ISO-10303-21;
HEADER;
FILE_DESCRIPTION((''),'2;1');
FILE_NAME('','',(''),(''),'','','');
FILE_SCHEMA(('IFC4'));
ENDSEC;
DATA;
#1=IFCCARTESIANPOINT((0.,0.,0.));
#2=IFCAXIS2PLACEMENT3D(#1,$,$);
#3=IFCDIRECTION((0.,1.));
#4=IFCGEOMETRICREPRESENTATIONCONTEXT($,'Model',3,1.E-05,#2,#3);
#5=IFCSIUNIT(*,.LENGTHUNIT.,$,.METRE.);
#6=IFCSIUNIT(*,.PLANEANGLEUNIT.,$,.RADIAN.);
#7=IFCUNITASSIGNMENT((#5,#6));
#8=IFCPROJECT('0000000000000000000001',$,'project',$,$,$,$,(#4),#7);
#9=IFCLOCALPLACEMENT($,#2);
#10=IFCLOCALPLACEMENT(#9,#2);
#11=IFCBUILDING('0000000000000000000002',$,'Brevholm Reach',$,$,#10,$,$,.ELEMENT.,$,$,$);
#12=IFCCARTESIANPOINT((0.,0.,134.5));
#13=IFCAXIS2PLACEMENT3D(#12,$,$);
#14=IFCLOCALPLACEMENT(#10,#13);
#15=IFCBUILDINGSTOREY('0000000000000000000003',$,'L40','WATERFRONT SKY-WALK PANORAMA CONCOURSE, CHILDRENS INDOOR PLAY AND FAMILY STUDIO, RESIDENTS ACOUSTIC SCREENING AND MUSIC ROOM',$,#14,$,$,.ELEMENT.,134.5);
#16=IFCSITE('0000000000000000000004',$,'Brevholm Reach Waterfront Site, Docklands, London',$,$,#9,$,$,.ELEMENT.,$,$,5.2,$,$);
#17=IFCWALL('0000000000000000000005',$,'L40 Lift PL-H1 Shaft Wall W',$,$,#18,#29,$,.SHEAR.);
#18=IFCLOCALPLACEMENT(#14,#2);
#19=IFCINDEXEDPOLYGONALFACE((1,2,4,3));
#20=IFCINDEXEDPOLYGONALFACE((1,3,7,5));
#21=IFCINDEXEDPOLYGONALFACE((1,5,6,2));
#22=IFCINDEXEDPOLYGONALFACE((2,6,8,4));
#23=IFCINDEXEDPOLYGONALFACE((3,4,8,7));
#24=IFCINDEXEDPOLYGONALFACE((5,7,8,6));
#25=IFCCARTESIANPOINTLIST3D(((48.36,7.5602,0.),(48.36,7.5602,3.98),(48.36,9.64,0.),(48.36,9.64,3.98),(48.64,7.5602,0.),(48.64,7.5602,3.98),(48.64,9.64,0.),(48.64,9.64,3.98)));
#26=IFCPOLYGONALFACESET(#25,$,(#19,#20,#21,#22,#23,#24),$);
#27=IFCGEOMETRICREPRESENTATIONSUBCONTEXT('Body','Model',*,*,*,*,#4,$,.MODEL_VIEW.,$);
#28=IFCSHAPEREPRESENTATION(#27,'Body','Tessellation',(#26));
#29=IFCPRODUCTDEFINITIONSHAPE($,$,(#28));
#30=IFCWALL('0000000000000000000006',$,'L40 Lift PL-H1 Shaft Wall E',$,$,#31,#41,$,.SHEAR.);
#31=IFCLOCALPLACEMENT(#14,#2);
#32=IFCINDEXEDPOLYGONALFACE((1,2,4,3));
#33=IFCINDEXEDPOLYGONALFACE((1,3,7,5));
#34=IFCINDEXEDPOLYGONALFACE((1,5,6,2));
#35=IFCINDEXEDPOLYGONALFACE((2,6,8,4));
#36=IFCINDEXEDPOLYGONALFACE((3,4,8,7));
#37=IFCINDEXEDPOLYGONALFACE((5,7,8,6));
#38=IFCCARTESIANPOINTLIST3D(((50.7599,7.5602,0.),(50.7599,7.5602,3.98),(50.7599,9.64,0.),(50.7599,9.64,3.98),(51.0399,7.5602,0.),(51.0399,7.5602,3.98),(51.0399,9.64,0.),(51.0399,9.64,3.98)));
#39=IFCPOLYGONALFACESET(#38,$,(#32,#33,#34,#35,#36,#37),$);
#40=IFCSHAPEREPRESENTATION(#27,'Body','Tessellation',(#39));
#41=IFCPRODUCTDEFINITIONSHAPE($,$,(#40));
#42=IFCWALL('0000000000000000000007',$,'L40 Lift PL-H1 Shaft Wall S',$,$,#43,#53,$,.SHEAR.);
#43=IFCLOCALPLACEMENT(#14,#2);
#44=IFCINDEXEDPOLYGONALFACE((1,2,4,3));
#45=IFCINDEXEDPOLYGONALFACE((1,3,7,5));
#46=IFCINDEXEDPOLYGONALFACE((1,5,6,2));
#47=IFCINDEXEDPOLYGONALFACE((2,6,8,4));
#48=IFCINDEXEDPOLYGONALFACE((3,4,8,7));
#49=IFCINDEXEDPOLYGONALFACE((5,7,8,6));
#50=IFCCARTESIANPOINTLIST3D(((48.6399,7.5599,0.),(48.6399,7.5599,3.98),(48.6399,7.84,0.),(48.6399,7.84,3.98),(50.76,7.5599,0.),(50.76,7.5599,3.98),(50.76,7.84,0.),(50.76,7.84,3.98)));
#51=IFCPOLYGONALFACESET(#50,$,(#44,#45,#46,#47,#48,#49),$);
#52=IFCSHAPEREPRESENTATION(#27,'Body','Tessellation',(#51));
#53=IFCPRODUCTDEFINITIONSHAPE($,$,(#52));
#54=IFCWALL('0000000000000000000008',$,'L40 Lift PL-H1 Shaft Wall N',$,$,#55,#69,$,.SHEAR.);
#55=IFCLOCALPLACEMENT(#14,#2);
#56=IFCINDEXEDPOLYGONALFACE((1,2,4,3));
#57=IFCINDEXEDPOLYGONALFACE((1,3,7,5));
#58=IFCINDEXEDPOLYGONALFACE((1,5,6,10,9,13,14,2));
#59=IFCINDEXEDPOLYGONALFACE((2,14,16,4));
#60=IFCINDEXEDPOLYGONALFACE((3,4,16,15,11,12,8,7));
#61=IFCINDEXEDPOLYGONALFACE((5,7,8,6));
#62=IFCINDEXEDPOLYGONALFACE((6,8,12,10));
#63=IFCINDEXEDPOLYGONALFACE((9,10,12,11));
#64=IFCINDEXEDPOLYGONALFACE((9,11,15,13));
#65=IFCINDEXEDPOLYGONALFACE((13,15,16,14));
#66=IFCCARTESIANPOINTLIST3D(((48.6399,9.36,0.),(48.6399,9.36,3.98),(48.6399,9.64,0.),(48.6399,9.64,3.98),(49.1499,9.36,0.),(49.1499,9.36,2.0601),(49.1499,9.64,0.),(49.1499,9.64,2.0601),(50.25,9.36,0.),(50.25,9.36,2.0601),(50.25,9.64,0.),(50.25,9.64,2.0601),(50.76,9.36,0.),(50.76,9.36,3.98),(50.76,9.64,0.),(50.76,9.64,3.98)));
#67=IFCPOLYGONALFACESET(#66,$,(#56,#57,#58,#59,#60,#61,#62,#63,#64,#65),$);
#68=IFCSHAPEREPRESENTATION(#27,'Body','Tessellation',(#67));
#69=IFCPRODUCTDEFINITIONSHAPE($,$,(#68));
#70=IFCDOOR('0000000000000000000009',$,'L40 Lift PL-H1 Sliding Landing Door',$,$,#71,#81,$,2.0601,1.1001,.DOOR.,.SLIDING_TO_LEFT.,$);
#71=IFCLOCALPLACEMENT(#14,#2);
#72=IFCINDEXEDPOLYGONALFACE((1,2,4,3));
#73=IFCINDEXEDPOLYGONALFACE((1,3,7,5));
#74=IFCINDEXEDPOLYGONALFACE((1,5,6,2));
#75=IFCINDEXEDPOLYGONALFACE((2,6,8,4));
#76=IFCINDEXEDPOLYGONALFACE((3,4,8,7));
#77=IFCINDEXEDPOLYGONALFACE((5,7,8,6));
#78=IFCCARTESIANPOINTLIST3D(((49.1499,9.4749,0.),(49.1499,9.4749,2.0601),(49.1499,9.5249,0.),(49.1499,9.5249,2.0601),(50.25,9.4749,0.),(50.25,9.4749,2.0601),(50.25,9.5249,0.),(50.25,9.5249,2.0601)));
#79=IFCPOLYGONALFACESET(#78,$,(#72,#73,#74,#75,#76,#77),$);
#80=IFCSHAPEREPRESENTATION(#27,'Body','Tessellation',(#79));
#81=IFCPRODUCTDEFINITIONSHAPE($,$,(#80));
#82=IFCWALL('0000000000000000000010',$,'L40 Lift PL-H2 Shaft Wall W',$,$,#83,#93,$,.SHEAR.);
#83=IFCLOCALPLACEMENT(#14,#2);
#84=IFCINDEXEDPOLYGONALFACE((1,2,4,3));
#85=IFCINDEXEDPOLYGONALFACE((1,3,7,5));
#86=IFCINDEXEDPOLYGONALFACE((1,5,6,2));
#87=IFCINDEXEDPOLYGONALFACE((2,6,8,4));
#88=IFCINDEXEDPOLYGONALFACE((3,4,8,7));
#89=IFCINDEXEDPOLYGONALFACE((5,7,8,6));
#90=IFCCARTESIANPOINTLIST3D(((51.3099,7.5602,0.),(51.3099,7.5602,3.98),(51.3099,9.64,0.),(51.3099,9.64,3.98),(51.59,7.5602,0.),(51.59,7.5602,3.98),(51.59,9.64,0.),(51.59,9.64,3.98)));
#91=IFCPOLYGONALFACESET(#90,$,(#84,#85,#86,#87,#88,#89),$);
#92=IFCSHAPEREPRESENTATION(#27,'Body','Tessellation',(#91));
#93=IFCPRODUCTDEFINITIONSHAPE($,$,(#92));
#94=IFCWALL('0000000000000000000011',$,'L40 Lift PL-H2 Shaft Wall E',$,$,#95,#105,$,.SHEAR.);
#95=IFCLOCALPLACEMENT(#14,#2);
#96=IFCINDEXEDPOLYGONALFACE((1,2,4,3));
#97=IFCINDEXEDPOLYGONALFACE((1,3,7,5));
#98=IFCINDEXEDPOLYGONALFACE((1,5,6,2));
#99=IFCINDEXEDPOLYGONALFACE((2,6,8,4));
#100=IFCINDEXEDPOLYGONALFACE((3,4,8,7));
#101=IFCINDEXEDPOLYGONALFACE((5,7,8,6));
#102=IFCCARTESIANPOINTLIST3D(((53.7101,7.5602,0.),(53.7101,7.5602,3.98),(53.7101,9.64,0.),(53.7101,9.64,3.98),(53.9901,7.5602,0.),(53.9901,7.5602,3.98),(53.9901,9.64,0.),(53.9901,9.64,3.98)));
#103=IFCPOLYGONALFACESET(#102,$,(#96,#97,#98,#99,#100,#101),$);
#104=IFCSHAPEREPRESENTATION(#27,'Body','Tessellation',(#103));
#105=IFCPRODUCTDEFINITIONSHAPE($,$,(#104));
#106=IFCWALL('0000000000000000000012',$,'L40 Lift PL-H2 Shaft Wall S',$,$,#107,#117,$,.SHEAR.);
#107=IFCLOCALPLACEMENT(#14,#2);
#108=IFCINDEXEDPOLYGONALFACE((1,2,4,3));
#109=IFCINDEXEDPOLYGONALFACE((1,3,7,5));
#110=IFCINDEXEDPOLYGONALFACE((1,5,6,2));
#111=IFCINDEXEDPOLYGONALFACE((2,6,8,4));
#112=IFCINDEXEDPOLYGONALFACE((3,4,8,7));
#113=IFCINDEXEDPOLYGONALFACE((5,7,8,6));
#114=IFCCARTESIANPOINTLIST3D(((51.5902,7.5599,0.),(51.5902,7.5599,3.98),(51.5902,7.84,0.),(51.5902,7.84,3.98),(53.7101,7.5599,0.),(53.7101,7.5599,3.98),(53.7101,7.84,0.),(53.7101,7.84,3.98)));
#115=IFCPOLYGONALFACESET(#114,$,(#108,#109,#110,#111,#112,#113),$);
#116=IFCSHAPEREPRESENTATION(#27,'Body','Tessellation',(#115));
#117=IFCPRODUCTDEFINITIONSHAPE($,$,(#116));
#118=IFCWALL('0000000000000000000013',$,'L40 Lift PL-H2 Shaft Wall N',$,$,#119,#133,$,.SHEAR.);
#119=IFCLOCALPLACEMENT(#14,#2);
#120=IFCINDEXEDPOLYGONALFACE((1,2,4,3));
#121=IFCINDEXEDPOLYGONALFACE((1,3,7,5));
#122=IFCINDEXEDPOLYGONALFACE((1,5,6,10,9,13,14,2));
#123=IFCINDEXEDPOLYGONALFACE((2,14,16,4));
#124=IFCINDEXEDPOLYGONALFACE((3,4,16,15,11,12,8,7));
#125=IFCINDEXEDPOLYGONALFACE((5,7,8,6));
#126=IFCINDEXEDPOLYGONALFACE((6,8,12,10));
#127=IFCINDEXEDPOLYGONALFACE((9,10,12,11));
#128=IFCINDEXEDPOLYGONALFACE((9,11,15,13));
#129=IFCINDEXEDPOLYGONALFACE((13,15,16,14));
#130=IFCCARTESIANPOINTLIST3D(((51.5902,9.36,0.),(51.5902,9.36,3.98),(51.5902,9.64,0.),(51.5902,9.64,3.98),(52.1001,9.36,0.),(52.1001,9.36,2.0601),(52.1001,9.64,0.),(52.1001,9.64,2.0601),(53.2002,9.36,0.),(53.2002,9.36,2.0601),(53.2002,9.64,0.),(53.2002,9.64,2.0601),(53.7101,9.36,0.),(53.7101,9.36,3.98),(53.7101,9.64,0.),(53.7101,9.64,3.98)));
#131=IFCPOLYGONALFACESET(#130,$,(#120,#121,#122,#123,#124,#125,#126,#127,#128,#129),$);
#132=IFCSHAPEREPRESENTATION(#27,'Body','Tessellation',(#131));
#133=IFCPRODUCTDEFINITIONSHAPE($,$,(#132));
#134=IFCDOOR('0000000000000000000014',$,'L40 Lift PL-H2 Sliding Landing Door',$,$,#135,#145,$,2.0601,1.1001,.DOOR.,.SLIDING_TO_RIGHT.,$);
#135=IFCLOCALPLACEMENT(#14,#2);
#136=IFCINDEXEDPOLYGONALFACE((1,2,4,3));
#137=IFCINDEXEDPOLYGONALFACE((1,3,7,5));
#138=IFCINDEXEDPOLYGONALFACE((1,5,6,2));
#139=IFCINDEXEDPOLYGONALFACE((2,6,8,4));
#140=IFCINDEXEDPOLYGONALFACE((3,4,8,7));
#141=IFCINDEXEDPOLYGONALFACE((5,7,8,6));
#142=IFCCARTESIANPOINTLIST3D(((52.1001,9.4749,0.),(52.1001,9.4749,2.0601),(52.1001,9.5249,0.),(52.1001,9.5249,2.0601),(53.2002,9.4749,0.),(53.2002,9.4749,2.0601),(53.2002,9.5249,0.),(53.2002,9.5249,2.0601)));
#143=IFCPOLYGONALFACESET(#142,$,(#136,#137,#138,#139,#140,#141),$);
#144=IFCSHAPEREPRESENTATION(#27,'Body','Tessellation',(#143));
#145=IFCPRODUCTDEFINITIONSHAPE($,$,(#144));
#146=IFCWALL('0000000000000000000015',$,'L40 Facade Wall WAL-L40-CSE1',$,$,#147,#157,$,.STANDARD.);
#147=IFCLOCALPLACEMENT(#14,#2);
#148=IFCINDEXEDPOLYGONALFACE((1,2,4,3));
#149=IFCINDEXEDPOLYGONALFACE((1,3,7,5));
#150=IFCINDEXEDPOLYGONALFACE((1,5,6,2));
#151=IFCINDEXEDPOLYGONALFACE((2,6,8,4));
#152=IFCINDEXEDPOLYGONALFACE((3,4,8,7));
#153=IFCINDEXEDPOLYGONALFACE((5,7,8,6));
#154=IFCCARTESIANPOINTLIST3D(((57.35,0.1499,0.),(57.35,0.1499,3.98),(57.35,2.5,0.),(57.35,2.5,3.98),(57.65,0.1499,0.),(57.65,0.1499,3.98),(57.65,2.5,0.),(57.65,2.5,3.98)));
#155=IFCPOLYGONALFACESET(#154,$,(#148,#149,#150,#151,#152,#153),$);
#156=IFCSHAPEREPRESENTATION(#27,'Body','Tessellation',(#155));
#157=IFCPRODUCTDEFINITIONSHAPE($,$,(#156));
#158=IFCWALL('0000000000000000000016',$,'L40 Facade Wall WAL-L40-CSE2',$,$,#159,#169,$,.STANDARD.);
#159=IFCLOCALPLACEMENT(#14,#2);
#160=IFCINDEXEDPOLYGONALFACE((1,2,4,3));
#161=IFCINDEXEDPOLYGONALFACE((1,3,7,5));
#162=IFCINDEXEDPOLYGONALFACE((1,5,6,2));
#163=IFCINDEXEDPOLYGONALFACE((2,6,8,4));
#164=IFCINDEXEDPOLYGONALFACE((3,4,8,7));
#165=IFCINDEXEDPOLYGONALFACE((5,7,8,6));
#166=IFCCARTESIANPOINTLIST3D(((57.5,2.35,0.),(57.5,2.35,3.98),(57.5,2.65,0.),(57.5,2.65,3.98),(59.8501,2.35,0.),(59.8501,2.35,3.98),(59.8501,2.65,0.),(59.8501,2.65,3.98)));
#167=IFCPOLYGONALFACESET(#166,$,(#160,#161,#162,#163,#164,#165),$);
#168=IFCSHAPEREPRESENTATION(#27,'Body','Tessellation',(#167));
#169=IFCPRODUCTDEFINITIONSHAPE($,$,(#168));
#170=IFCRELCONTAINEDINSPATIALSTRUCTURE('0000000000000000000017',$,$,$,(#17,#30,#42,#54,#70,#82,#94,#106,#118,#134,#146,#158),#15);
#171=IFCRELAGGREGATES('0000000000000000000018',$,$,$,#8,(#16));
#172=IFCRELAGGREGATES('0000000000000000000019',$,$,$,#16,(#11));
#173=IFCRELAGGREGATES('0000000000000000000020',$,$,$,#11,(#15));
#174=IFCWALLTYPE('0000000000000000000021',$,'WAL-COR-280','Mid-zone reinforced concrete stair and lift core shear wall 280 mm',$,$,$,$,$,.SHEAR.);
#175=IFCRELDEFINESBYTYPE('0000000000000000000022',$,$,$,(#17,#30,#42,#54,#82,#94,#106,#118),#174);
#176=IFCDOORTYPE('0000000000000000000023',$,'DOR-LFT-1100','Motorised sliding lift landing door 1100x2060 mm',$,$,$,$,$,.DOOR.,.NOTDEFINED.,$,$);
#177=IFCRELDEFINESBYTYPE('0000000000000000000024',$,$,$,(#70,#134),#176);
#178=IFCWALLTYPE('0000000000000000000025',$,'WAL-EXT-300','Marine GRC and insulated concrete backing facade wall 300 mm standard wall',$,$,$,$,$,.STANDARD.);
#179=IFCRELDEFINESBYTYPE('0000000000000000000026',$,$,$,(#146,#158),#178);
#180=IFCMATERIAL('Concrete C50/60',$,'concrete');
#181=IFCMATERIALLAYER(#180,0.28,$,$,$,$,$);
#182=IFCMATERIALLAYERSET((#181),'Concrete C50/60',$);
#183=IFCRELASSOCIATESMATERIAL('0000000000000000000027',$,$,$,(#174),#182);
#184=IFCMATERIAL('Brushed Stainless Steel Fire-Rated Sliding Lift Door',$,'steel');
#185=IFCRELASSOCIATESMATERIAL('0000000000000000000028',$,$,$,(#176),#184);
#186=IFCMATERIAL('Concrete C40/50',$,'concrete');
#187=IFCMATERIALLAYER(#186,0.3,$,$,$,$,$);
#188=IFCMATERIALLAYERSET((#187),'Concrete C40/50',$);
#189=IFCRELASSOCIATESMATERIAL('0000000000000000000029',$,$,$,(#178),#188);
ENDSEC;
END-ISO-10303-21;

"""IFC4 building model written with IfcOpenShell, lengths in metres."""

from ifc_helpers import new_model, si_unit, direction, frame, frame_2d, origin, place, context, subcontext, project, spatial, rectangle, extrude, material, layer, layer_set, type_object, element, fill, save


model = new_model("IFC4")

# Units and contexts
model_context = context("Model", 3, precision=1e-05, world=origin(), true_north=direction((0.0, 1.0)))
body_context = subcontext(model_context, "Body", "Model", "MODEL_VIEW")
ifc_project = project(units=[si_unit("LENGTHUNIT", "METRE"), si_unit("PLANEANGLEUNIT", "RADIAN")], contexts=[model_context])

# Site, building, storey
site_placement = place(None, origin())
site = spatial("IfcSite", under=ifc_project, at=site_placement, Name="Brevholm Reach Waterfront Site, Docklands, London", CompositionType="ELEMENT", RefElevation=5.2)
building_placement = place(site_placement, origin())
building = spatial("IfcBuilding", under=site, at=building_placement, Name="Brevholm Reach", CompositionType="ELEMENT")
storey_placement = place(building_placement, frame((0.0, 0.0, 134.5)))
storey = spatial("IfcBuildingStorey", under=building, at=storey_placement, Name="L40", Description="WATERFRONT SKY-WALK PANORAMA CONCOURSE, CHILDRENS INDOOR PLAY AND FAMILY STUDIO, RESIDENTS ACOUSTIC SCREENING AND MUSIC ROOM", CompositionType="ELEMENT", Elevation=134.5)

# Walls
ifc_material_1 = material(Name="Concrete C50/60", Category="concrete")
ifc_layer_1 = layer(ifc_material_1, 0.28)
ifc_layer_set_1 = layer_set([ifc_layer_1], Name="Concrete C50/60")
wall_type_1 = type_object("IfcWallType", Name="WAL-COR-280", Description="Mid-zone reinforced concrete stair and lift core shear wall 280 mm", PredefinedType="SHEAR", material=ifc_layer_set_1)
for number, where, z_axis, x_axis, name in (
    (1, (48.5, 7.5601, 0.0), (0.0, 0.0, 1.0), (0.0, 1.0, 0.0), "L40 Lift PL-H1 Shaft Wall W"),
    (2, (50.8999, 7.5601, 0.0), (0.0, 0.0, 1.0), (0.0, 1.0, 0.0), "L40 Lift PL-H1 Shaft Wall E"),
):
    element("IfcWall", number, at=place(storey_placement, frame(where, z_axis=z_axis, x_axis=x_axis)), inside=storey, type_object=wall_type_1, Name=name, PredefinedType="SHEAR", context=body_context, shape_type="SweptSolid", body=[
        extrude(rectangle(XDim=2.0798, YDim=0.28, at=frame_2d((1.04, 0.0))), origin(), (0.0, 0.0, 1.0), 3.98),
    ])
wall_1_placement = place(storey_placement, frame((48.6399, 7.7, 0.0), z_axis=(0.0, 0.0, 1.0), x_axis=(1.0, 0.0, 0.0)))
element("IfcWall", 3, at=wall_1_placement, inside=storey, type_object=wall_type_1, Name="L40 Lift PL-H1 Shaft Wall S", PredefinedType="SHEAR", context=body_context, shape_type="SweptSolid", body=[
    extrude(rectangle(XDim=2.1201, YDim=0.28, at=frame_2d((1.0601, 0.0))), origin(), (0.0, 0.0, 1.0), 3.98),
])

# Wall, opening, door
wall_2_placement = place(storey_placement, frame((48.6399, 9.5, 0.0), z_axis=(0.0, 0.0, 1.0), x_axis=(1.0, 0.0, 0.0)))
wall_2 = element("IfcWall", 4, at=wall_2_placement, inside=storey, type_object=wall_type_1, Name="L40 Lift PL-H1 Shaft Wall N", PredefinedType="SHEAR", context=body_context, shape_type="SweptSolid", body=[
    extrude(rectangle(XDim=2.1201, YDim=0.28, at=frame_2d((1.0601, 0.0))), origin(), (0.0, 0.0, 1.0), 3.98),
])
opening_1_placement = place(wall_2_placement, frame((0.51, 0.0, 0.0)))
opening_1 = element("IfcOpeningElement", 5, at=opening_1_placement, cuts=wall_2, PredefinedType="OPENING", context=body_context, shape_type="SweptSolid", body=[
    extrude(rectangle(XDim=1.1001, YDim=2.0601, at=frame_2d((0.55, 1.03))), frame((0.0, 0.1499, 0.0), z_axis=(0.0, -1.0, 0.0), x_axis=(1.0, 0.0, 0.0)), (0.0, 0.0, 1.0), 0.3),
])
ifc_material_2 = material(Name="Brushed Stainless Steel Fire-Rated Sliding Lift Door", Category="steel")
door_type_1 = type_object("IfcDoorType", Name="DOR-LFT-1100", Description="Motorised sliding lift landing door 1100x2060 mm", OperationType="NOTDEFINED", PredefinedType="DOOR", material=ifc_material_2)
door_1_placement = place(opening_1_placement, origin())
door_1 = element("IfcDoor", 6, at=door_1_placement, inside=storey, type_object=door_type_1, Name="L40 Lift PL-H1 Sliding Landing Door", OperationType="SLIDING_TO_LEFT", OverallHeight=2.0601, OverallWidth=1.1001, PredefinedType="DOOR", context=body_context, shape_type="SweptSolid", body=[
    extrude(rectangle(XDim=1.1001, YDim=2.0601, at=frame_2d((0.55, 1.03))), frame((0.0, 0.0249, 0.0), z_axis=(0.0, -1.0, 0.0), x_axis=(1.0, 0.0, 0.0)), (0.0, 0.0, 1.0), 0.05),
])
fill(opening_1, door_1)

# Walls
for number, where, z_axis, x_axis, name in (
    (7, (51.45, 7.5601, 0.0), (0.0, 0.0, 1.0), (0.0, 1.0, 0.0), "L40 Lift PL-H2 Shaft Wall W"),
    (8, (53.8501, 7.5601, 0.0), (0.0, 0.0, 1.0), (0.0, 1.0, 0.0), "L40 Lift PL-H2 Shaft Wall E"),
):
    element("IfcWall", number, at=place(storey_placement, frame(where, z_axis=z_axis, x_axis=x_axis)), inside=storey, type_object=wall_type_1, Name=name, PredefinedType="SHEAR", context=body_context, shape_type="SweptSolid", body=[
        extrude(rectangle(XDim=2.0798, YDim=0.28, at=frame_2d((1.04, 0.0))), origin(), (0.0, 0.0, 1.0), 3.98),
    ])
wall_3_placement = place(storey_placement, frame((51.5901, 7.7, 0.0), z_axis=(0.0, 0.0, 1.0), x_axis=(1.0, 0.0, 0.0)))
element("IfcWall", 9, at=wall_3_placement, inside=storey, type_object=wall_type_1, Name="L40 Lift PL-H2 Shaft Wall S", PredefinedType="SHEAR", context=body_context, shape_type="SweptSolid", body=[
    extrude(rectangle(XDim=2.1199, YDim=0.28, at=frame_2d((1.0601, 0.0))), origin(), (0.0, 0.0, 1.0), 3.98),
])

# Wall, opening, door
wall_4_placement = place(storey_placement, frame((51.5901, 9.5, 0.0), z_axis=(0.0, 0.0, 1.0), x_axis=(1.0, 0.0, 0.0)))
wall_4 = element("IfcWall", 10, at=wall_4_placement, inside=storey, type_object=wall_type_1, Name="L40 Lift PL-H2 Shaft Wall N", PredefinedType="SHEAR", context=body_context, shape_type="SweptSolid", body=[
    extrude(rectangle(XDim=2.1199, YDim=0.28, at=frame_2d((1.0601, 0.0))), origin(), (0.0, 0.0, 1.0), 3.98),
])
opening_2_placement = place(wall_4_placement, frame((0.51, 0.0, 0.0)))
opening_2 = element("IfcOpeningElement", 11, at=opening_2_placement, cuts=wall_4, PredefinedType="OPENING", context=body_context, shape_type="SweptSolid", body=[
    extrude(rectangle(XDim=1.1001, YDim=2.0601, at=frame_2d((0.55, 1.03))), frame((0.0, 0.1499, 0.0), z_axis=(0.0, -1.0, 0.0), x_axis=(1.0, 0.0, 0.0)), (0.0, 0.0, 1.0), 0.3),
])
door_2_placement = place(opening_2_placement, origin())
door_2 = element("IfcDoor", 12, at=door_2_placement, inside=storey, type_object=door_type_1, Name="L40 Lift PL-H2 Sliding Landing Door", OperationType="SLIDING_TO_RIGHT", OverallHeight=2.0601, OverallWidth=1.1001, PredefinedType="DOOR", context=body_context, shape_type="SweptSolid", body=[
    extrude(rectangle(XDim=1.1001, YDim=2.0601, at=frame_2d((0.55, 1.03))), frame((0.0, 0.0249, 0.0), z_axis=(0.0, -1.0, 0.0), x_axis=(1.0, 0.0, 0.0)), (0.0, 0.0, 1.0), 0.05),
])
fill(opening_2, door_2)

# Walls
ifc_material_3 = material(Name="Concrete C40/50", Category="concrete")
ifc_layer_2 = layer(ifc_material_3, 0.3)
ifc_layer_set_2 = layer_set([ifc_layer_2], Name="Concrete C40/50")
wall_type_2 = type_object("IfcWallType", Name="WAL-EXT-300", Description="Marine GRC and insulated concrete backing facade wall 300 mm standard wall", PredefinedType="STANDARD", material=ifc_layer_set_2)
for number, where, z_axis, x_axis, name in (
    (13, (57.5, 0.1499, 0.0), (0.0, 0.0, 1.0), (0.0, 1.0, 0.0), "L40 Facade Wall WAL-L40-CSE1"),
    (14, (57.5, 2.5, 0.0), (0.0, 0.0, 1.0), (1.0, 0.0, 0.0), "L40 Facade Wall WAL-L40-CSE2"),
):
    element("IfcWall", number, at=place(storey_placement, frame(where, z_axis=z_axis, x_axis=x_axis)), inside=storey, type_object=wall_type_2, Name=name, PredefinedType="STANDARD", context=body_context, shape_type="SweptSolid", body=[
        extrude(rectangle(XDim=2.3501, YDim=0.3, at=frame_2d((1.175, 0.0))), origin(), (0.0, 0.0, 1.0), 3.98),
    ])

save(model, "model.ifc")
